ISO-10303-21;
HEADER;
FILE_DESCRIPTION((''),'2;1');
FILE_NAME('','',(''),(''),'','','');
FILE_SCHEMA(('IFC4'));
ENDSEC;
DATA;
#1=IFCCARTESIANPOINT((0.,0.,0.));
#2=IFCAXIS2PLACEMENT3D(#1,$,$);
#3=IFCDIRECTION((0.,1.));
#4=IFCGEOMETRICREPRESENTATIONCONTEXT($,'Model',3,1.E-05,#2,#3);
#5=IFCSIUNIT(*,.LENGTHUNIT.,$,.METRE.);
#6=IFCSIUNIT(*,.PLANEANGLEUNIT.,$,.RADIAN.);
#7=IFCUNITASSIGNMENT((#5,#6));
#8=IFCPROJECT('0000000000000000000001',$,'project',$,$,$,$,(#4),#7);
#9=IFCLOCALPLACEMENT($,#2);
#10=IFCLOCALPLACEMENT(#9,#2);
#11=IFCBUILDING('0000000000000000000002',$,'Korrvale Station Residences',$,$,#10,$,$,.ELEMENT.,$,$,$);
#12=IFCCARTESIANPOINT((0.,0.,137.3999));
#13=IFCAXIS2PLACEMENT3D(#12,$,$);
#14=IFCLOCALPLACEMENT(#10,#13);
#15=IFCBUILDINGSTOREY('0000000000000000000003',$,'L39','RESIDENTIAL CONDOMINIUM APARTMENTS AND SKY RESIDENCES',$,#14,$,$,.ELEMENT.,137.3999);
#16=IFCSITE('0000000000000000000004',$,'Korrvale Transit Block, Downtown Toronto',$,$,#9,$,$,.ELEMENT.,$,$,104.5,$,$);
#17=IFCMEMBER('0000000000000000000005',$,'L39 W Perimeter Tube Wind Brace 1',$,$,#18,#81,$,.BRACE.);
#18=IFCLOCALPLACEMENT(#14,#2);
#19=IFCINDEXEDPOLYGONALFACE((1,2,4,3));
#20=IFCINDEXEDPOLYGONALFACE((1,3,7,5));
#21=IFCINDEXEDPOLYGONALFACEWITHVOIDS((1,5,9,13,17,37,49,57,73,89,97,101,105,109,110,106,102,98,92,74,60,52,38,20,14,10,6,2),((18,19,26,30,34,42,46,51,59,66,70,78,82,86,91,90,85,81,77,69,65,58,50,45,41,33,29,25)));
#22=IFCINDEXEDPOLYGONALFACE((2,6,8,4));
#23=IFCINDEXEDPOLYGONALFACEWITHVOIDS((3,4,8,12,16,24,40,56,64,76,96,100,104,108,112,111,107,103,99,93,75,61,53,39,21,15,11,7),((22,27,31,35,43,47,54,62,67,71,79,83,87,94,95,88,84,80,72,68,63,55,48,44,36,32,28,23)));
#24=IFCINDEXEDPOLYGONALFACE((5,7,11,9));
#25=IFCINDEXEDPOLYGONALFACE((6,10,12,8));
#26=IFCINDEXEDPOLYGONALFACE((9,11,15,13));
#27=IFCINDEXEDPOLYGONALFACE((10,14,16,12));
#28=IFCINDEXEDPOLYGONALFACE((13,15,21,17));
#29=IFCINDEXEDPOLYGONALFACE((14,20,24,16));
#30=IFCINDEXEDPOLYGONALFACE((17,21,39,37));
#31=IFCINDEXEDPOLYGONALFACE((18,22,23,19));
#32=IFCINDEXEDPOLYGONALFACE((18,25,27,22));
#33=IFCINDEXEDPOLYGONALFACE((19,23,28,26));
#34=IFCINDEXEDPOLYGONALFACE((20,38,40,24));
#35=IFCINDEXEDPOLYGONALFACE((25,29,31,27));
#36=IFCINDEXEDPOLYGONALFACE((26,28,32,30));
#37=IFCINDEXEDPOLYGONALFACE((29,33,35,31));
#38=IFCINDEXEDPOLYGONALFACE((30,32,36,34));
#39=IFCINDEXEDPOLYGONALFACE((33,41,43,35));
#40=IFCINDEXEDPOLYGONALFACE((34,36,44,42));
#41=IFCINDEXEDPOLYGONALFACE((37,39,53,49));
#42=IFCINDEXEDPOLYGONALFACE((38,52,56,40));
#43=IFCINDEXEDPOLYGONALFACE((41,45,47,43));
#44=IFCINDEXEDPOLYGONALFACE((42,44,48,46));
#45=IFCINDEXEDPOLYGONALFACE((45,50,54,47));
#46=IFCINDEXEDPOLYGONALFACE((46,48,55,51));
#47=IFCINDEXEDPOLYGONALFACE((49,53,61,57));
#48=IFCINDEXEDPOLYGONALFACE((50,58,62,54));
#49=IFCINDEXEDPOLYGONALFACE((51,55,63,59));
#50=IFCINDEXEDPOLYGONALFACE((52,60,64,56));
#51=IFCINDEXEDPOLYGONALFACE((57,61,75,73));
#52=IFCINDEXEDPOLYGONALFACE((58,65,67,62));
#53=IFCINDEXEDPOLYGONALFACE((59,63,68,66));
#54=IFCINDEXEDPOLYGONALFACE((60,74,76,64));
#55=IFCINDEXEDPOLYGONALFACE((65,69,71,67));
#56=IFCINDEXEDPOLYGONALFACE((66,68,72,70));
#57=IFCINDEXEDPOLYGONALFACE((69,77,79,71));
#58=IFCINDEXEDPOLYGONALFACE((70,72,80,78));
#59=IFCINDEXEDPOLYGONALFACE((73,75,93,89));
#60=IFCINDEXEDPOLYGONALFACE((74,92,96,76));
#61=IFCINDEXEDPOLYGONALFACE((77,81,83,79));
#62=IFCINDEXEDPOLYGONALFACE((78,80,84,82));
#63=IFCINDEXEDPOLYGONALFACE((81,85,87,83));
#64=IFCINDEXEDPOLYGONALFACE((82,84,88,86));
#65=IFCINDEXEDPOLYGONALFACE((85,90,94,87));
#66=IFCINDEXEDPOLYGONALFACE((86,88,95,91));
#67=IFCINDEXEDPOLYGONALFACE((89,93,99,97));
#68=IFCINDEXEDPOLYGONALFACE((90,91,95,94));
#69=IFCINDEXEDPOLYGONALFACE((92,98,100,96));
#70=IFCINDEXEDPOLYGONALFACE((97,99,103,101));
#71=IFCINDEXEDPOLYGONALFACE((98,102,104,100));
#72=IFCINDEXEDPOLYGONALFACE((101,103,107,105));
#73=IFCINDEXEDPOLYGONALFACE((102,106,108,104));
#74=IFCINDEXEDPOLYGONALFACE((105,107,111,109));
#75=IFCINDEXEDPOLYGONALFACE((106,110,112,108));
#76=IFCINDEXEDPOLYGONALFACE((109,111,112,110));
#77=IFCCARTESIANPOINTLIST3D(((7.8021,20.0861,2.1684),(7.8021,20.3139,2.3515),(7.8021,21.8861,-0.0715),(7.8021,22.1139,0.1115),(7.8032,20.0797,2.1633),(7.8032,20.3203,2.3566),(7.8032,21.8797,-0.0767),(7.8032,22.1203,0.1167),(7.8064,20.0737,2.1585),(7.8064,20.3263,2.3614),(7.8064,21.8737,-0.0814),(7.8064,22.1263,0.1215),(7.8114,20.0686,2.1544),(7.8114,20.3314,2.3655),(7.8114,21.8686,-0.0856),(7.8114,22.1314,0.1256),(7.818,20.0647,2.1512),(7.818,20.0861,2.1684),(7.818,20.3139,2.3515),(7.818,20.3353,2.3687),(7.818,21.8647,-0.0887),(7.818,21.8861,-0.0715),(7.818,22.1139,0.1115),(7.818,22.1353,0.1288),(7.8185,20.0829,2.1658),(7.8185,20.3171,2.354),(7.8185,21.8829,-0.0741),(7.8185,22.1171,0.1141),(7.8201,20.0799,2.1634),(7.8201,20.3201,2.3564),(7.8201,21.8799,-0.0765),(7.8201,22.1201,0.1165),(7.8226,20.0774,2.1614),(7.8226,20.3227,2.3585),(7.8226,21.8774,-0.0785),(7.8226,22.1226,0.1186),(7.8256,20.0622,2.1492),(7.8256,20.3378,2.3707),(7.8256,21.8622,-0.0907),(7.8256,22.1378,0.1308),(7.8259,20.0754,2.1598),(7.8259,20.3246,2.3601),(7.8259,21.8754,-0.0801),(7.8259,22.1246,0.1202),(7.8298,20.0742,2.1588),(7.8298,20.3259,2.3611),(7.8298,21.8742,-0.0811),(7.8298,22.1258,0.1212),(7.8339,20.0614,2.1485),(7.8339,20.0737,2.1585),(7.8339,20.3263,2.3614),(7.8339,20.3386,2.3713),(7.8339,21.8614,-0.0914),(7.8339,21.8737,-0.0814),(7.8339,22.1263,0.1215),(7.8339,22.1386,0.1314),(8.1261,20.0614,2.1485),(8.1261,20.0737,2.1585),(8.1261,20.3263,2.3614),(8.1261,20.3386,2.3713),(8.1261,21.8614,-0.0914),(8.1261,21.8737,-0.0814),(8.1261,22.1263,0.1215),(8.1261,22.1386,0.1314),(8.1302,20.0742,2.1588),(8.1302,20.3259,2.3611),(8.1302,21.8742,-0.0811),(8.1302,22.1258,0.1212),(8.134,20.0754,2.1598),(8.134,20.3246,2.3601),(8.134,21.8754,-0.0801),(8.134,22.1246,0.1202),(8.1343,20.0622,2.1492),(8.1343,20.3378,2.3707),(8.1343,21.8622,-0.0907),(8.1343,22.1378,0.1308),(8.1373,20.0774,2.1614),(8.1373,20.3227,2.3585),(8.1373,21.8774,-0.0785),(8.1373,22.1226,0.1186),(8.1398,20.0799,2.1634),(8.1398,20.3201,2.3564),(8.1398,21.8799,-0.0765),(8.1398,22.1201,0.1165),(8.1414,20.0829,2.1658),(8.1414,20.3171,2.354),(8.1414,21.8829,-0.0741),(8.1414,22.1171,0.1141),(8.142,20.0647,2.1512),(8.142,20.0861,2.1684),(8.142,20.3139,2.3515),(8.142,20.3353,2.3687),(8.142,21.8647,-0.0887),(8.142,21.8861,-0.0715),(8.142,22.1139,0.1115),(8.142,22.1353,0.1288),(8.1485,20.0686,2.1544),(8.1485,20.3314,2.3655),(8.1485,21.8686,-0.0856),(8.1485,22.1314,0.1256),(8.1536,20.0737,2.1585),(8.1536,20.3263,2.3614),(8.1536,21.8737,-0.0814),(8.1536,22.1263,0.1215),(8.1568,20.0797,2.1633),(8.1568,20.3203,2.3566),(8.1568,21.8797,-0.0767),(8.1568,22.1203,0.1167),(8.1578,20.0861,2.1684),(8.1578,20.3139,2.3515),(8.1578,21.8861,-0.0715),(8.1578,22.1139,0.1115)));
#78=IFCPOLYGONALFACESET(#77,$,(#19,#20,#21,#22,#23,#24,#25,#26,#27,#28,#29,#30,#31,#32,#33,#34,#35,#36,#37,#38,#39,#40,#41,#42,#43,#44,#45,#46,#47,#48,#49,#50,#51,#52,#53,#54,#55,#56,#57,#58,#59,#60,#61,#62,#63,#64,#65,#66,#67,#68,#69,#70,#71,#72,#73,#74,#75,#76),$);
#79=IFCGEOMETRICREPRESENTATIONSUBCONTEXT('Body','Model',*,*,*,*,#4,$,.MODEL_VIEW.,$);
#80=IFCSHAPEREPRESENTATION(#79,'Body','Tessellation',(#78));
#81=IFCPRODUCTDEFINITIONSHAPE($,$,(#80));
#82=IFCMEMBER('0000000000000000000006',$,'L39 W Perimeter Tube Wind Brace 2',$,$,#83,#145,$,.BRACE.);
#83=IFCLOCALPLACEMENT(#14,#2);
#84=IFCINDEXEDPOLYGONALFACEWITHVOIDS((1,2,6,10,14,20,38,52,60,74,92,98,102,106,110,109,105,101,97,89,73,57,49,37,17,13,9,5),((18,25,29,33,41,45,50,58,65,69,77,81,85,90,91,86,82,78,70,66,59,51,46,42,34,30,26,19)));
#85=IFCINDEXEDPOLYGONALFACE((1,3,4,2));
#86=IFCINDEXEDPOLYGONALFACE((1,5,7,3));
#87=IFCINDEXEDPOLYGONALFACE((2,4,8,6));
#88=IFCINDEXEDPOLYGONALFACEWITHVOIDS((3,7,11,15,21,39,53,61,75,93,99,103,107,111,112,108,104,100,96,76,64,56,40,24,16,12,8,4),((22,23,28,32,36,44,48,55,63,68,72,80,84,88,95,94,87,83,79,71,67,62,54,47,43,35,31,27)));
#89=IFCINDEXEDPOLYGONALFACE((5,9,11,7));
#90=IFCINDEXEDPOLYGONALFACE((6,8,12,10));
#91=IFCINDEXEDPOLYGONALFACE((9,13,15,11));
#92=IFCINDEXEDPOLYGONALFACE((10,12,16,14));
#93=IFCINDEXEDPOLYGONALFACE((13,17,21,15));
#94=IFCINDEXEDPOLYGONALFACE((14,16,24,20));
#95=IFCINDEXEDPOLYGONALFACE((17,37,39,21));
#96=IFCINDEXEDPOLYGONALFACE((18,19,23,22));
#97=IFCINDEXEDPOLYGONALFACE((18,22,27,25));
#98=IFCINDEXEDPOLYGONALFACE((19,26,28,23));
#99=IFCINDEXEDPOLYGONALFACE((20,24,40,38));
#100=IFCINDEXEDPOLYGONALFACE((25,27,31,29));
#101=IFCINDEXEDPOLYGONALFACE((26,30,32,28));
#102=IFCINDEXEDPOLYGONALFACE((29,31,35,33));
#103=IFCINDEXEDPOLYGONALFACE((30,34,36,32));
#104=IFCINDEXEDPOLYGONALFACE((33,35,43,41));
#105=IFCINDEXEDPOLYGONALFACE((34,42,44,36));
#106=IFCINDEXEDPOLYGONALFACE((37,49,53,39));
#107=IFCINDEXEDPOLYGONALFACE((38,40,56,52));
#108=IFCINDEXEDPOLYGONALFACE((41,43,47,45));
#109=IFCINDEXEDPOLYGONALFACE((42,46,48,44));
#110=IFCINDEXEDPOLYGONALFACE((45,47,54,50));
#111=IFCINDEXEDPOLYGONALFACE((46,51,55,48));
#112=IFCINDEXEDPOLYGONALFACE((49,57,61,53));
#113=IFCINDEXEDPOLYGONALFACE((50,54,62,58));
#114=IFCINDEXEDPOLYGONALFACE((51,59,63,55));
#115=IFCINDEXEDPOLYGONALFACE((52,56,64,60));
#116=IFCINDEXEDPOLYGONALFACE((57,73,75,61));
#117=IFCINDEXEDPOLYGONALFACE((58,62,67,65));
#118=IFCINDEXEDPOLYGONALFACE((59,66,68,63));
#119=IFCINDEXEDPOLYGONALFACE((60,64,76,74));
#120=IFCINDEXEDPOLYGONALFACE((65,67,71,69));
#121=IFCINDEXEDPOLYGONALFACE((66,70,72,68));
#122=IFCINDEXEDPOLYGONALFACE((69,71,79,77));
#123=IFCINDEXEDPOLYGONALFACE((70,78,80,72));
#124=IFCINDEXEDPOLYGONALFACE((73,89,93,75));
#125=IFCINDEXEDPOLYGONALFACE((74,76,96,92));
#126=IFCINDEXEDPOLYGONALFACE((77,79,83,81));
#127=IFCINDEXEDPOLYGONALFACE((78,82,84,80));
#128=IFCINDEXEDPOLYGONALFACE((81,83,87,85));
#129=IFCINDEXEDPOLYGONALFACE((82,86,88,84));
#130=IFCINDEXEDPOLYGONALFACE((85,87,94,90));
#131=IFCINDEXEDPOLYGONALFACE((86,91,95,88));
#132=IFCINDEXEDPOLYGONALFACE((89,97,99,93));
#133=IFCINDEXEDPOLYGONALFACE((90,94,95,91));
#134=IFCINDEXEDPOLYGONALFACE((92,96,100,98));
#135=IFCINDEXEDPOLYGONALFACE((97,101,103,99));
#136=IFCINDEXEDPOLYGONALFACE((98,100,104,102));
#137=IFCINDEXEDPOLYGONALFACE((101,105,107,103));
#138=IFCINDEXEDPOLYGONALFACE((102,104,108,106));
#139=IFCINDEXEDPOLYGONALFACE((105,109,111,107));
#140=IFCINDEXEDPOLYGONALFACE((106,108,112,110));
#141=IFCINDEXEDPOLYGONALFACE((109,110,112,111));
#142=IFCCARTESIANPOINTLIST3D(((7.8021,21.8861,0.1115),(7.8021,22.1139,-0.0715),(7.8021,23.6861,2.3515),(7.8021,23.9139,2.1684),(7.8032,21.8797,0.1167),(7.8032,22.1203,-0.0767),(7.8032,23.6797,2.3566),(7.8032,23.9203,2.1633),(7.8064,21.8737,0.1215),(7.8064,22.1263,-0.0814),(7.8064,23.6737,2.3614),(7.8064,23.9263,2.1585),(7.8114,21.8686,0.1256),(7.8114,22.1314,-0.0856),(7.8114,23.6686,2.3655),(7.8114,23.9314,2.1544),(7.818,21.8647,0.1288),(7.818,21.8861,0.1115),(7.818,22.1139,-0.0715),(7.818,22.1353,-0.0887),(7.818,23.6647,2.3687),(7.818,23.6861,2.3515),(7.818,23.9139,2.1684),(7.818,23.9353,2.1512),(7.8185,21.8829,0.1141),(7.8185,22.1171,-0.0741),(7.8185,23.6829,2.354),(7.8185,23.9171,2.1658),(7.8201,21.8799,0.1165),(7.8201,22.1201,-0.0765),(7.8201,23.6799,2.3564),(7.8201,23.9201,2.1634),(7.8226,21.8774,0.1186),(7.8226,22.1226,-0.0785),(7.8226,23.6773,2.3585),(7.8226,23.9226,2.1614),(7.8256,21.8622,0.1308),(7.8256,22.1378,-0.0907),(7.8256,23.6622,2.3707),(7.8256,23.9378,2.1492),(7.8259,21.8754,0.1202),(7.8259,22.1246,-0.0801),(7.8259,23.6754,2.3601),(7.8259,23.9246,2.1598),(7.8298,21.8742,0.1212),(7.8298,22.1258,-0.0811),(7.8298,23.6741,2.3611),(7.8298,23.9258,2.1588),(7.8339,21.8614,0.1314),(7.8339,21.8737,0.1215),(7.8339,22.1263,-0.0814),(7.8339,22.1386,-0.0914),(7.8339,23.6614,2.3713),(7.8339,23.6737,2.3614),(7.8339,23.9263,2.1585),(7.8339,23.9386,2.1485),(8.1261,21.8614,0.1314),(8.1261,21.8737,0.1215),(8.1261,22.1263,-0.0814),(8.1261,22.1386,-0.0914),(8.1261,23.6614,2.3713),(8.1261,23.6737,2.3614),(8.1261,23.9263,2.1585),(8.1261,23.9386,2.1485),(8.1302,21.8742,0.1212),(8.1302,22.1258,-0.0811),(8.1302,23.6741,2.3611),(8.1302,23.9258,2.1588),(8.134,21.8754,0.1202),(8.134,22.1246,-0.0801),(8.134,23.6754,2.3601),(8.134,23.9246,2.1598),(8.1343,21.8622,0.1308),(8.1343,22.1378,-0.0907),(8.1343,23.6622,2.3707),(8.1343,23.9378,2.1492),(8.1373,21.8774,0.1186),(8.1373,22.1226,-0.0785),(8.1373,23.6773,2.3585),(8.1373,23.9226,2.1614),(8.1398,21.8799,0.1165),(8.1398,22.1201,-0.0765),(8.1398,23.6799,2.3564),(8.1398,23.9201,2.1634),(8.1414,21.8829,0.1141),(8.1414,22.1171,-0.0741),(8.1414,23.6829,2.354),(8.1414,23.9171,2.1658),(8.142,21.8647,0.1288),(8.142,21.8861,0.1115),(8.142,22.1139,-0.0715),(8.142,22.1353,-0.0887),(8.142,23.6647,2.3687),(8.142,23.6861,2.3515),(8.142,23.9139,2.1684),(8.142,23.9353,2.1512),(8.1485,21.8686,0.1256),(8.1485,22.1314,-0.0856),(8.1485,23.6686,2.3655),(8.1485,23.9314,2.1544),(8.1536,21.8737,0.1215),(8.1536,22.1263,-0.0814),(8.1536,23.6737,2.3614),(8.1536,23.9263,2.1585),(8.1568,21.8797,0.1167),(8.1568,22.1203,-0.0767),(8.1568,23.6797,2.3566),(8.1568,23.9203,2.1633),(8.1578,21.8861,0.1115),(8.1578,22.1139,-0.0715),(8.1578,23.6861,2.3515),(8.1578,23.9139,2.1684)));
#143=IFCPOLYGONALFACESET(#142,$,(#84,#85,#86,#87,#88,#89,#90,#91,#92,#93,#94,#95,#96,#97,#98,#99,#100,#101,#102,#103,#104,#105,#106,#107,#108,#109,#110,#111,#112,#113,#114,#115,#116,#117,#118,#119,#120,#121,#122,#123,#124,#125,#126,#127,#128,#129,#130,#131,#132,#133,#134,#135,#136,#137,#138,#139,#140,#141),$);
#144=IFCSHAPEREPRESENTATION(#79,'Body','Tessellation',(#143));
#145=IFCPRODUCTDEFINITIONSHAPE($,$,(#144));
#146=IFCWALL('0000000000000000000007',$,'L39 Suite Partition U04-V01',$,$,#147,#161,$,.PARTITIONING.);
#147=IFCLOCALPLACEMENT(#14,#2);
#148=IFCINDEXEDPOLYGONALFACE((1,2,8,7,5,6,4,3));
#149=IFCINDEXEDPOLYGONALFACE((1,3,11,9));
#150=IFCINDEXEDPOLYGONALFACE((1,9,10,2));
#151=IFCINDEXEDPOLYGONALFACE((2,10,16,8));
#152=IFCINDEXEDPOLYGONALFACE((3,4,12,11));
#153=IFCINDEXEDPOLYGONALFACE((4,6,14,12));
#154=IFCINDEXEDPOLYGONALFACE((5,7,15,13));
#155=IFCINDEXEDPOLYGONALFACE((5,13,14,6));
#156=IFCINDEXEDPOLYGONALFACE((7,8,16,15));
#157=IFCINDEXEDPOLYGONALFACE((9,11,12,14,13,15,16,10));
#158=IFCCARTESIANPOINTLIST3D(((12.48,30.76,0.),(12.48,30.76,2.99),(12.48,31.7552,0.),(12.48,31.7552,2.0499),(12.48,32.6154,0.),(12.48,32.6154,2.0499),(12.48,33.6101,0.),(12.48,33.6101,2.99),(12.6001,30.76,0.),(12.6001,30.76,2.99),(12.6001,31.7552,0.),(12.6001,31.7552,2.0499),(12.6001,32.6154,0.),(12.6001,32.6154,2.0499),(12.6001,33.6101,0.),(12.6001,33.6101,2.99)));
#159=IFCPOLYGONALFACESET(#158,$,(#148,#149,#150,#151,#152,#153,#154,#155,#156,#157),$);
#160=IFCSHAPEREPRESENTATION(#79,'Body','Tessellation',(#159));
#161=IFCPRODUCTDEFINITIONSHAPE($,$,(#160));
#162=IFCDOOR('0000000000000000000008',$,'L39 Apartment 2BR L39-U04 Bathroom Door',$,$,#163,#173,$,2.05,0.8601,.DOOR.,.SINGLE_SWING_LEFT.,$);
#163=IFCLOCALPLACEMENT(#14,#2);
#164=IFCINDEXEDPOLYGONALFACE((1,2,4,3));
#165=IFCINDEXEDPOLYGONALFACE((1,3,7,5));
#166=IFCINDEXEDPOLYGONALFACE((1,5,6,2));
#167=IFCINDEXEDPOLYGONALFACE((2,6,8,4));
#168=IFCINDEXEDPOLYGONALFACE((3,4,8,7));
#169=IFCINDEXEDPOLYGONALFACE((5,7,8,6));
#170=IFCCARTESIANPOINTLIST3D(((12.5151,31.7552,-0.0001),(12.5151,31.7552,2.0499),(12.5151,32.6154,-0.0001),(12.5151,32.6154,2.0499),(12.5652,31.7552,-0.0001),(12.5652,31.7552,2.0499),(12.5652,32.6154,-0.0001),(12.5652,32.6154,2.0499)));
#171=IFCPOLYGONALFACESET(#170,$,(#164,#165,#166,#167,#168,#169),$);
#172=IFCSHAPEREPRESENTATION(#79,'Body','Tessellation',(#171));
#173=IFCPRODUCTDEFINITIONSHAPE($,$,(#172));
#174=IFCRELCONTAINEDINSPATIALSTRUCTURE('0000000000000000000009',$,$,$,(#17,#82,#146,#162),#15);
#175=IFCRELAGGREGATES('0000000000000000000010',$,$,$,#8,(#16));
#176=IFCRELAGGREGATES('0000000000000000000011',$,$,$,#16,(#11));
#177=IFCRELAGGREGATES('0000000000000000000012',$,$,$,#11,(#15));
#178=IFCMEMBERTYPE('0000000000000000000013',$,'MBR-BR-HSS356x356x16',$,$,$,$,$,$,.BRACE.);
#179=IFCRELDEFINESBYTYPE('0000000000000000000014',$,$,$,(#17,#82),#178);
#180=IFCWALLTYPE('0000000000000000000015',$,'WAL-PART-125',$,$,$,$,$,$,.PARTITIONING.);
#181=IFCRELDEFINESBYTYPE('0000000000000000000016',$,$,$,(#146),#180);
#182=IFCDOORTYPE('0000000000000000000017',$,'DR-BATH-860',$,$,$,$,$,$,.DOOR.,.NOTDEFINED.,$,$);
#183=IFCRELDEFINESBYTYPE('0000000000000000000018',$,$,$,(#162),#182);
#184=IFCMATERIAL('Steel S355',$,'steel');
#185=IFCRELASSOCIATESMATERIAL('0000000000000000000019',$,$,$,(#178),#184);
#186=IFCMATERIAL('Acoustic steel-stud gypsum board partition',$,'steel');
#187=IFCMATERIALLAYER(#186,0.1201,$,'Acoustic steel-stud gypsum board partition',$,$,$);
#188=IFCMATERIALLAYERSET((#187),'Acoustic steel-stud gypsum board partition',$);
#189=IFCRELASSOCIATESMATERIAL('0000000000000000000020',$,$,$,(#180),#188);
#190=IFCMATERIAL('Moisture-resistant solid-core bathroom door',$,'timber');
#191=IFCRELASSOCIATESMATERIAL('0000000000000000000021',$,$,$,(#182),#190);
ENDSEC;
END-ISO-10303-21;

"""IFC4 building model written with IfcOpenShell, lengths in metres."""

from ifc_helpers import new_model, si_unit, direction, frame, frame_2d, origin, origin_2d, place, context, subcontext, project, spatial, rectangle, hollow_rectangle, extrude, material, layer, layer_set, material_profile, profile_set, type_object, element, fill, save


model = new_model("IFC4")

# Units and contexts
model_context = context("Model", 3, precision=1e-05, world=origin(), true_north=direction((0.0, 1.0)))
body_context = subcontext(model_context, "Body", "Model", "MODEL_VIEW")
ifc_project = project(units=[si_unit("LENGTHUNIT", "METRE"), si_unit("PLANEANGLEUNIT", "RADIAN")], contexts=[model_context])

# Site, building, storey
site_placement = place(None, origin())
site = spatial("IfcSite", under=ifc_project, at=site_placement, Name="Korrvale Transit Block, Downtown Toronto", CompositionType="ELEMENT", RefElevation=104.5)
building_placement = place(site_placement, origin())
building = spatial("IfcBuilding", under=site, at=building_placement, Name="Korrvale Station Residences", CompositionType="ELEMENT")
storey_placement = place(building_placement, frame((0.0, 0.0, 137.3999)))
storey = spatial("IfcBuildingStorey", under=building, at=storey_placement, Name="L39", Description="RESIDENTIAL CONDOMINIUM APARTMENTS AND SKY RESIDENCES", CompositionType="ELEMENT", Elevation=137.3999)

# Shared definitions
ifc_material_1 = material(Name="Steel S355", Category="steel")

# Members
ifc_material_profile_1 = material_profile(ifc_material_1, hollow_rectangle(XDim=0.3557, YDim=0.3557, WallThickness=0.0159, InnerFilletRadius=0.0159, OuterFilletRadius=0.0317, at=origin_2d()), Name="HSS356x356x16")
ifc_profile_set_1 = profile_set([ifc_material_profile_1], Name="Steel S355")
member_type = type_object("IfcMemberType", Name="MBR-BR-HSS356x356x16", PredefinedType="BRACE", material=ifc_profile_set_1)
for number, where, z_axis, x_axis, name in (
    (1, (7.98, 22.0, 0.02), (0.0, -0.626403, 0.779499), (1.0, 0.0, 0.0), "L39 W Perimeter Tube Wind Brace 1"),
    (2, (7.98, 22.0, 0.02), (0.0, 0.626403, 0.779499), (-1.0, 0.0, 0.0), "L39 W Perimeter Tube Wind Brace 2"),
):
    element("IfcMember", number, at=place(storey_placement, frame(where, z_axis=z_axis, x_axis=x_axis)), inside=storey, type_object=member_type, Name=name, PredefinedType="BRACE", context=body_context, shape_type="SweptSolid", body=[
        extrude(hollow_rectangle(XDim=0.3557, YDim=0.3557, WallThickness=0.0159, InnerFilletRadius=0.0159, OuterFilletRadius=0.0317, at=origin_2d()), origin(), (0.0, 0.0, 1.0), 2.8735),
    ])

# Wall, opening, door
ifc_material_2 = material(Name="Acoustic steel-stud gypsum board partition", Category="steel")
ifc_layer_1 = layer(ifc_material_2, 0.1201, Name="Acoustic steel-stud gypsum board partition")
ifc_layer_set_1 = layer_set([ifc_layer_1], Name="Acoustic steel-stud gypsum board partition")
wall_type_1 = type_object("IfcWallType", Name="WAL-PART-125", PredefinedType="PARTITIONING", material=ifc_layer_set_1)
wall_1_placement = place(storey_placement, frame((12.54, 30.76, 0.0), z_axis=(0.0, 0.0, 1.0), x_axis=(0.0, 1.0, 0.0)))
wall_1 = element("IfcWall", 3, at=wall_1_placement, inside=storey, type_object=wall_type_1, Name="L39 Suite Partition U04-V01", PredefinedType="PARTITIONING", context=body_context, shape_type="SweptSolid", body=[
    extrude(rectangle(XDim=2.8501, YDim=0.1201, at=frame_2d((1.425, 0.0))), origin(), (0.0, 0.0, 1.0), 2.99),
])
opening_1_placement = place(wall_1_placement, frame((0.9951, 0.0, 0.0)))
opening_1 = element("IfcOpeningElement", 4, at=opening_1_placement, cuts=wall_1, PredefinedType="OPENING", context=body_context, shape_type="SweptSolid", body=[
    extrude(rectangle(XDim=0.8601, YDim=2.05, at=frame_2d((0.4302, 1.0249))), frame((0.0, 0.0701, 0.0), z_axis=(0.0, -1.0, 0.0), x_axis=(1.0, 0.0, 0.0)), (0.0, 0.0, 1.0), 0.1401),
])
ifc_material_3 = material(Name="Moisture-resistant solid-core bathroom door", Category="timber")
door_type_1 = type_object("IfcDoorType", Name="DR-BATH-860", OperationType="NOTDEFINED", PredefinedType="DOOR", material=ifc_material_3)
door_1_placement = place(opening_1_placement, origin())
door_1 = element("IfcDoor", 5, at=door_1_placement, inside=storey, type_object=door_type_1, Name="L39 Apartment 2BR L39-U04 Bathroom Door", OperationType="SINGLE_SWING_LEFT", OverallHeight=2.05, OverallWidth=0.8601, PredefinedType="DOOR", context=body_context, shape_type="SweptSolid", body=[
    extrude(rectangle(XDim=0.8601, YDim=2.05, at=frame_2d((0.4302, 1.0249))), frame((0.0, 0.0249, 0.0), z_axis=(0.0, -1.0, 0.0), x_axis=(1.0, 0.0, 0.0)), (0.0, 0.0, 1.0), 0.05),
])
fill(opening_1, door_1)

save(model, "model.ifc")
